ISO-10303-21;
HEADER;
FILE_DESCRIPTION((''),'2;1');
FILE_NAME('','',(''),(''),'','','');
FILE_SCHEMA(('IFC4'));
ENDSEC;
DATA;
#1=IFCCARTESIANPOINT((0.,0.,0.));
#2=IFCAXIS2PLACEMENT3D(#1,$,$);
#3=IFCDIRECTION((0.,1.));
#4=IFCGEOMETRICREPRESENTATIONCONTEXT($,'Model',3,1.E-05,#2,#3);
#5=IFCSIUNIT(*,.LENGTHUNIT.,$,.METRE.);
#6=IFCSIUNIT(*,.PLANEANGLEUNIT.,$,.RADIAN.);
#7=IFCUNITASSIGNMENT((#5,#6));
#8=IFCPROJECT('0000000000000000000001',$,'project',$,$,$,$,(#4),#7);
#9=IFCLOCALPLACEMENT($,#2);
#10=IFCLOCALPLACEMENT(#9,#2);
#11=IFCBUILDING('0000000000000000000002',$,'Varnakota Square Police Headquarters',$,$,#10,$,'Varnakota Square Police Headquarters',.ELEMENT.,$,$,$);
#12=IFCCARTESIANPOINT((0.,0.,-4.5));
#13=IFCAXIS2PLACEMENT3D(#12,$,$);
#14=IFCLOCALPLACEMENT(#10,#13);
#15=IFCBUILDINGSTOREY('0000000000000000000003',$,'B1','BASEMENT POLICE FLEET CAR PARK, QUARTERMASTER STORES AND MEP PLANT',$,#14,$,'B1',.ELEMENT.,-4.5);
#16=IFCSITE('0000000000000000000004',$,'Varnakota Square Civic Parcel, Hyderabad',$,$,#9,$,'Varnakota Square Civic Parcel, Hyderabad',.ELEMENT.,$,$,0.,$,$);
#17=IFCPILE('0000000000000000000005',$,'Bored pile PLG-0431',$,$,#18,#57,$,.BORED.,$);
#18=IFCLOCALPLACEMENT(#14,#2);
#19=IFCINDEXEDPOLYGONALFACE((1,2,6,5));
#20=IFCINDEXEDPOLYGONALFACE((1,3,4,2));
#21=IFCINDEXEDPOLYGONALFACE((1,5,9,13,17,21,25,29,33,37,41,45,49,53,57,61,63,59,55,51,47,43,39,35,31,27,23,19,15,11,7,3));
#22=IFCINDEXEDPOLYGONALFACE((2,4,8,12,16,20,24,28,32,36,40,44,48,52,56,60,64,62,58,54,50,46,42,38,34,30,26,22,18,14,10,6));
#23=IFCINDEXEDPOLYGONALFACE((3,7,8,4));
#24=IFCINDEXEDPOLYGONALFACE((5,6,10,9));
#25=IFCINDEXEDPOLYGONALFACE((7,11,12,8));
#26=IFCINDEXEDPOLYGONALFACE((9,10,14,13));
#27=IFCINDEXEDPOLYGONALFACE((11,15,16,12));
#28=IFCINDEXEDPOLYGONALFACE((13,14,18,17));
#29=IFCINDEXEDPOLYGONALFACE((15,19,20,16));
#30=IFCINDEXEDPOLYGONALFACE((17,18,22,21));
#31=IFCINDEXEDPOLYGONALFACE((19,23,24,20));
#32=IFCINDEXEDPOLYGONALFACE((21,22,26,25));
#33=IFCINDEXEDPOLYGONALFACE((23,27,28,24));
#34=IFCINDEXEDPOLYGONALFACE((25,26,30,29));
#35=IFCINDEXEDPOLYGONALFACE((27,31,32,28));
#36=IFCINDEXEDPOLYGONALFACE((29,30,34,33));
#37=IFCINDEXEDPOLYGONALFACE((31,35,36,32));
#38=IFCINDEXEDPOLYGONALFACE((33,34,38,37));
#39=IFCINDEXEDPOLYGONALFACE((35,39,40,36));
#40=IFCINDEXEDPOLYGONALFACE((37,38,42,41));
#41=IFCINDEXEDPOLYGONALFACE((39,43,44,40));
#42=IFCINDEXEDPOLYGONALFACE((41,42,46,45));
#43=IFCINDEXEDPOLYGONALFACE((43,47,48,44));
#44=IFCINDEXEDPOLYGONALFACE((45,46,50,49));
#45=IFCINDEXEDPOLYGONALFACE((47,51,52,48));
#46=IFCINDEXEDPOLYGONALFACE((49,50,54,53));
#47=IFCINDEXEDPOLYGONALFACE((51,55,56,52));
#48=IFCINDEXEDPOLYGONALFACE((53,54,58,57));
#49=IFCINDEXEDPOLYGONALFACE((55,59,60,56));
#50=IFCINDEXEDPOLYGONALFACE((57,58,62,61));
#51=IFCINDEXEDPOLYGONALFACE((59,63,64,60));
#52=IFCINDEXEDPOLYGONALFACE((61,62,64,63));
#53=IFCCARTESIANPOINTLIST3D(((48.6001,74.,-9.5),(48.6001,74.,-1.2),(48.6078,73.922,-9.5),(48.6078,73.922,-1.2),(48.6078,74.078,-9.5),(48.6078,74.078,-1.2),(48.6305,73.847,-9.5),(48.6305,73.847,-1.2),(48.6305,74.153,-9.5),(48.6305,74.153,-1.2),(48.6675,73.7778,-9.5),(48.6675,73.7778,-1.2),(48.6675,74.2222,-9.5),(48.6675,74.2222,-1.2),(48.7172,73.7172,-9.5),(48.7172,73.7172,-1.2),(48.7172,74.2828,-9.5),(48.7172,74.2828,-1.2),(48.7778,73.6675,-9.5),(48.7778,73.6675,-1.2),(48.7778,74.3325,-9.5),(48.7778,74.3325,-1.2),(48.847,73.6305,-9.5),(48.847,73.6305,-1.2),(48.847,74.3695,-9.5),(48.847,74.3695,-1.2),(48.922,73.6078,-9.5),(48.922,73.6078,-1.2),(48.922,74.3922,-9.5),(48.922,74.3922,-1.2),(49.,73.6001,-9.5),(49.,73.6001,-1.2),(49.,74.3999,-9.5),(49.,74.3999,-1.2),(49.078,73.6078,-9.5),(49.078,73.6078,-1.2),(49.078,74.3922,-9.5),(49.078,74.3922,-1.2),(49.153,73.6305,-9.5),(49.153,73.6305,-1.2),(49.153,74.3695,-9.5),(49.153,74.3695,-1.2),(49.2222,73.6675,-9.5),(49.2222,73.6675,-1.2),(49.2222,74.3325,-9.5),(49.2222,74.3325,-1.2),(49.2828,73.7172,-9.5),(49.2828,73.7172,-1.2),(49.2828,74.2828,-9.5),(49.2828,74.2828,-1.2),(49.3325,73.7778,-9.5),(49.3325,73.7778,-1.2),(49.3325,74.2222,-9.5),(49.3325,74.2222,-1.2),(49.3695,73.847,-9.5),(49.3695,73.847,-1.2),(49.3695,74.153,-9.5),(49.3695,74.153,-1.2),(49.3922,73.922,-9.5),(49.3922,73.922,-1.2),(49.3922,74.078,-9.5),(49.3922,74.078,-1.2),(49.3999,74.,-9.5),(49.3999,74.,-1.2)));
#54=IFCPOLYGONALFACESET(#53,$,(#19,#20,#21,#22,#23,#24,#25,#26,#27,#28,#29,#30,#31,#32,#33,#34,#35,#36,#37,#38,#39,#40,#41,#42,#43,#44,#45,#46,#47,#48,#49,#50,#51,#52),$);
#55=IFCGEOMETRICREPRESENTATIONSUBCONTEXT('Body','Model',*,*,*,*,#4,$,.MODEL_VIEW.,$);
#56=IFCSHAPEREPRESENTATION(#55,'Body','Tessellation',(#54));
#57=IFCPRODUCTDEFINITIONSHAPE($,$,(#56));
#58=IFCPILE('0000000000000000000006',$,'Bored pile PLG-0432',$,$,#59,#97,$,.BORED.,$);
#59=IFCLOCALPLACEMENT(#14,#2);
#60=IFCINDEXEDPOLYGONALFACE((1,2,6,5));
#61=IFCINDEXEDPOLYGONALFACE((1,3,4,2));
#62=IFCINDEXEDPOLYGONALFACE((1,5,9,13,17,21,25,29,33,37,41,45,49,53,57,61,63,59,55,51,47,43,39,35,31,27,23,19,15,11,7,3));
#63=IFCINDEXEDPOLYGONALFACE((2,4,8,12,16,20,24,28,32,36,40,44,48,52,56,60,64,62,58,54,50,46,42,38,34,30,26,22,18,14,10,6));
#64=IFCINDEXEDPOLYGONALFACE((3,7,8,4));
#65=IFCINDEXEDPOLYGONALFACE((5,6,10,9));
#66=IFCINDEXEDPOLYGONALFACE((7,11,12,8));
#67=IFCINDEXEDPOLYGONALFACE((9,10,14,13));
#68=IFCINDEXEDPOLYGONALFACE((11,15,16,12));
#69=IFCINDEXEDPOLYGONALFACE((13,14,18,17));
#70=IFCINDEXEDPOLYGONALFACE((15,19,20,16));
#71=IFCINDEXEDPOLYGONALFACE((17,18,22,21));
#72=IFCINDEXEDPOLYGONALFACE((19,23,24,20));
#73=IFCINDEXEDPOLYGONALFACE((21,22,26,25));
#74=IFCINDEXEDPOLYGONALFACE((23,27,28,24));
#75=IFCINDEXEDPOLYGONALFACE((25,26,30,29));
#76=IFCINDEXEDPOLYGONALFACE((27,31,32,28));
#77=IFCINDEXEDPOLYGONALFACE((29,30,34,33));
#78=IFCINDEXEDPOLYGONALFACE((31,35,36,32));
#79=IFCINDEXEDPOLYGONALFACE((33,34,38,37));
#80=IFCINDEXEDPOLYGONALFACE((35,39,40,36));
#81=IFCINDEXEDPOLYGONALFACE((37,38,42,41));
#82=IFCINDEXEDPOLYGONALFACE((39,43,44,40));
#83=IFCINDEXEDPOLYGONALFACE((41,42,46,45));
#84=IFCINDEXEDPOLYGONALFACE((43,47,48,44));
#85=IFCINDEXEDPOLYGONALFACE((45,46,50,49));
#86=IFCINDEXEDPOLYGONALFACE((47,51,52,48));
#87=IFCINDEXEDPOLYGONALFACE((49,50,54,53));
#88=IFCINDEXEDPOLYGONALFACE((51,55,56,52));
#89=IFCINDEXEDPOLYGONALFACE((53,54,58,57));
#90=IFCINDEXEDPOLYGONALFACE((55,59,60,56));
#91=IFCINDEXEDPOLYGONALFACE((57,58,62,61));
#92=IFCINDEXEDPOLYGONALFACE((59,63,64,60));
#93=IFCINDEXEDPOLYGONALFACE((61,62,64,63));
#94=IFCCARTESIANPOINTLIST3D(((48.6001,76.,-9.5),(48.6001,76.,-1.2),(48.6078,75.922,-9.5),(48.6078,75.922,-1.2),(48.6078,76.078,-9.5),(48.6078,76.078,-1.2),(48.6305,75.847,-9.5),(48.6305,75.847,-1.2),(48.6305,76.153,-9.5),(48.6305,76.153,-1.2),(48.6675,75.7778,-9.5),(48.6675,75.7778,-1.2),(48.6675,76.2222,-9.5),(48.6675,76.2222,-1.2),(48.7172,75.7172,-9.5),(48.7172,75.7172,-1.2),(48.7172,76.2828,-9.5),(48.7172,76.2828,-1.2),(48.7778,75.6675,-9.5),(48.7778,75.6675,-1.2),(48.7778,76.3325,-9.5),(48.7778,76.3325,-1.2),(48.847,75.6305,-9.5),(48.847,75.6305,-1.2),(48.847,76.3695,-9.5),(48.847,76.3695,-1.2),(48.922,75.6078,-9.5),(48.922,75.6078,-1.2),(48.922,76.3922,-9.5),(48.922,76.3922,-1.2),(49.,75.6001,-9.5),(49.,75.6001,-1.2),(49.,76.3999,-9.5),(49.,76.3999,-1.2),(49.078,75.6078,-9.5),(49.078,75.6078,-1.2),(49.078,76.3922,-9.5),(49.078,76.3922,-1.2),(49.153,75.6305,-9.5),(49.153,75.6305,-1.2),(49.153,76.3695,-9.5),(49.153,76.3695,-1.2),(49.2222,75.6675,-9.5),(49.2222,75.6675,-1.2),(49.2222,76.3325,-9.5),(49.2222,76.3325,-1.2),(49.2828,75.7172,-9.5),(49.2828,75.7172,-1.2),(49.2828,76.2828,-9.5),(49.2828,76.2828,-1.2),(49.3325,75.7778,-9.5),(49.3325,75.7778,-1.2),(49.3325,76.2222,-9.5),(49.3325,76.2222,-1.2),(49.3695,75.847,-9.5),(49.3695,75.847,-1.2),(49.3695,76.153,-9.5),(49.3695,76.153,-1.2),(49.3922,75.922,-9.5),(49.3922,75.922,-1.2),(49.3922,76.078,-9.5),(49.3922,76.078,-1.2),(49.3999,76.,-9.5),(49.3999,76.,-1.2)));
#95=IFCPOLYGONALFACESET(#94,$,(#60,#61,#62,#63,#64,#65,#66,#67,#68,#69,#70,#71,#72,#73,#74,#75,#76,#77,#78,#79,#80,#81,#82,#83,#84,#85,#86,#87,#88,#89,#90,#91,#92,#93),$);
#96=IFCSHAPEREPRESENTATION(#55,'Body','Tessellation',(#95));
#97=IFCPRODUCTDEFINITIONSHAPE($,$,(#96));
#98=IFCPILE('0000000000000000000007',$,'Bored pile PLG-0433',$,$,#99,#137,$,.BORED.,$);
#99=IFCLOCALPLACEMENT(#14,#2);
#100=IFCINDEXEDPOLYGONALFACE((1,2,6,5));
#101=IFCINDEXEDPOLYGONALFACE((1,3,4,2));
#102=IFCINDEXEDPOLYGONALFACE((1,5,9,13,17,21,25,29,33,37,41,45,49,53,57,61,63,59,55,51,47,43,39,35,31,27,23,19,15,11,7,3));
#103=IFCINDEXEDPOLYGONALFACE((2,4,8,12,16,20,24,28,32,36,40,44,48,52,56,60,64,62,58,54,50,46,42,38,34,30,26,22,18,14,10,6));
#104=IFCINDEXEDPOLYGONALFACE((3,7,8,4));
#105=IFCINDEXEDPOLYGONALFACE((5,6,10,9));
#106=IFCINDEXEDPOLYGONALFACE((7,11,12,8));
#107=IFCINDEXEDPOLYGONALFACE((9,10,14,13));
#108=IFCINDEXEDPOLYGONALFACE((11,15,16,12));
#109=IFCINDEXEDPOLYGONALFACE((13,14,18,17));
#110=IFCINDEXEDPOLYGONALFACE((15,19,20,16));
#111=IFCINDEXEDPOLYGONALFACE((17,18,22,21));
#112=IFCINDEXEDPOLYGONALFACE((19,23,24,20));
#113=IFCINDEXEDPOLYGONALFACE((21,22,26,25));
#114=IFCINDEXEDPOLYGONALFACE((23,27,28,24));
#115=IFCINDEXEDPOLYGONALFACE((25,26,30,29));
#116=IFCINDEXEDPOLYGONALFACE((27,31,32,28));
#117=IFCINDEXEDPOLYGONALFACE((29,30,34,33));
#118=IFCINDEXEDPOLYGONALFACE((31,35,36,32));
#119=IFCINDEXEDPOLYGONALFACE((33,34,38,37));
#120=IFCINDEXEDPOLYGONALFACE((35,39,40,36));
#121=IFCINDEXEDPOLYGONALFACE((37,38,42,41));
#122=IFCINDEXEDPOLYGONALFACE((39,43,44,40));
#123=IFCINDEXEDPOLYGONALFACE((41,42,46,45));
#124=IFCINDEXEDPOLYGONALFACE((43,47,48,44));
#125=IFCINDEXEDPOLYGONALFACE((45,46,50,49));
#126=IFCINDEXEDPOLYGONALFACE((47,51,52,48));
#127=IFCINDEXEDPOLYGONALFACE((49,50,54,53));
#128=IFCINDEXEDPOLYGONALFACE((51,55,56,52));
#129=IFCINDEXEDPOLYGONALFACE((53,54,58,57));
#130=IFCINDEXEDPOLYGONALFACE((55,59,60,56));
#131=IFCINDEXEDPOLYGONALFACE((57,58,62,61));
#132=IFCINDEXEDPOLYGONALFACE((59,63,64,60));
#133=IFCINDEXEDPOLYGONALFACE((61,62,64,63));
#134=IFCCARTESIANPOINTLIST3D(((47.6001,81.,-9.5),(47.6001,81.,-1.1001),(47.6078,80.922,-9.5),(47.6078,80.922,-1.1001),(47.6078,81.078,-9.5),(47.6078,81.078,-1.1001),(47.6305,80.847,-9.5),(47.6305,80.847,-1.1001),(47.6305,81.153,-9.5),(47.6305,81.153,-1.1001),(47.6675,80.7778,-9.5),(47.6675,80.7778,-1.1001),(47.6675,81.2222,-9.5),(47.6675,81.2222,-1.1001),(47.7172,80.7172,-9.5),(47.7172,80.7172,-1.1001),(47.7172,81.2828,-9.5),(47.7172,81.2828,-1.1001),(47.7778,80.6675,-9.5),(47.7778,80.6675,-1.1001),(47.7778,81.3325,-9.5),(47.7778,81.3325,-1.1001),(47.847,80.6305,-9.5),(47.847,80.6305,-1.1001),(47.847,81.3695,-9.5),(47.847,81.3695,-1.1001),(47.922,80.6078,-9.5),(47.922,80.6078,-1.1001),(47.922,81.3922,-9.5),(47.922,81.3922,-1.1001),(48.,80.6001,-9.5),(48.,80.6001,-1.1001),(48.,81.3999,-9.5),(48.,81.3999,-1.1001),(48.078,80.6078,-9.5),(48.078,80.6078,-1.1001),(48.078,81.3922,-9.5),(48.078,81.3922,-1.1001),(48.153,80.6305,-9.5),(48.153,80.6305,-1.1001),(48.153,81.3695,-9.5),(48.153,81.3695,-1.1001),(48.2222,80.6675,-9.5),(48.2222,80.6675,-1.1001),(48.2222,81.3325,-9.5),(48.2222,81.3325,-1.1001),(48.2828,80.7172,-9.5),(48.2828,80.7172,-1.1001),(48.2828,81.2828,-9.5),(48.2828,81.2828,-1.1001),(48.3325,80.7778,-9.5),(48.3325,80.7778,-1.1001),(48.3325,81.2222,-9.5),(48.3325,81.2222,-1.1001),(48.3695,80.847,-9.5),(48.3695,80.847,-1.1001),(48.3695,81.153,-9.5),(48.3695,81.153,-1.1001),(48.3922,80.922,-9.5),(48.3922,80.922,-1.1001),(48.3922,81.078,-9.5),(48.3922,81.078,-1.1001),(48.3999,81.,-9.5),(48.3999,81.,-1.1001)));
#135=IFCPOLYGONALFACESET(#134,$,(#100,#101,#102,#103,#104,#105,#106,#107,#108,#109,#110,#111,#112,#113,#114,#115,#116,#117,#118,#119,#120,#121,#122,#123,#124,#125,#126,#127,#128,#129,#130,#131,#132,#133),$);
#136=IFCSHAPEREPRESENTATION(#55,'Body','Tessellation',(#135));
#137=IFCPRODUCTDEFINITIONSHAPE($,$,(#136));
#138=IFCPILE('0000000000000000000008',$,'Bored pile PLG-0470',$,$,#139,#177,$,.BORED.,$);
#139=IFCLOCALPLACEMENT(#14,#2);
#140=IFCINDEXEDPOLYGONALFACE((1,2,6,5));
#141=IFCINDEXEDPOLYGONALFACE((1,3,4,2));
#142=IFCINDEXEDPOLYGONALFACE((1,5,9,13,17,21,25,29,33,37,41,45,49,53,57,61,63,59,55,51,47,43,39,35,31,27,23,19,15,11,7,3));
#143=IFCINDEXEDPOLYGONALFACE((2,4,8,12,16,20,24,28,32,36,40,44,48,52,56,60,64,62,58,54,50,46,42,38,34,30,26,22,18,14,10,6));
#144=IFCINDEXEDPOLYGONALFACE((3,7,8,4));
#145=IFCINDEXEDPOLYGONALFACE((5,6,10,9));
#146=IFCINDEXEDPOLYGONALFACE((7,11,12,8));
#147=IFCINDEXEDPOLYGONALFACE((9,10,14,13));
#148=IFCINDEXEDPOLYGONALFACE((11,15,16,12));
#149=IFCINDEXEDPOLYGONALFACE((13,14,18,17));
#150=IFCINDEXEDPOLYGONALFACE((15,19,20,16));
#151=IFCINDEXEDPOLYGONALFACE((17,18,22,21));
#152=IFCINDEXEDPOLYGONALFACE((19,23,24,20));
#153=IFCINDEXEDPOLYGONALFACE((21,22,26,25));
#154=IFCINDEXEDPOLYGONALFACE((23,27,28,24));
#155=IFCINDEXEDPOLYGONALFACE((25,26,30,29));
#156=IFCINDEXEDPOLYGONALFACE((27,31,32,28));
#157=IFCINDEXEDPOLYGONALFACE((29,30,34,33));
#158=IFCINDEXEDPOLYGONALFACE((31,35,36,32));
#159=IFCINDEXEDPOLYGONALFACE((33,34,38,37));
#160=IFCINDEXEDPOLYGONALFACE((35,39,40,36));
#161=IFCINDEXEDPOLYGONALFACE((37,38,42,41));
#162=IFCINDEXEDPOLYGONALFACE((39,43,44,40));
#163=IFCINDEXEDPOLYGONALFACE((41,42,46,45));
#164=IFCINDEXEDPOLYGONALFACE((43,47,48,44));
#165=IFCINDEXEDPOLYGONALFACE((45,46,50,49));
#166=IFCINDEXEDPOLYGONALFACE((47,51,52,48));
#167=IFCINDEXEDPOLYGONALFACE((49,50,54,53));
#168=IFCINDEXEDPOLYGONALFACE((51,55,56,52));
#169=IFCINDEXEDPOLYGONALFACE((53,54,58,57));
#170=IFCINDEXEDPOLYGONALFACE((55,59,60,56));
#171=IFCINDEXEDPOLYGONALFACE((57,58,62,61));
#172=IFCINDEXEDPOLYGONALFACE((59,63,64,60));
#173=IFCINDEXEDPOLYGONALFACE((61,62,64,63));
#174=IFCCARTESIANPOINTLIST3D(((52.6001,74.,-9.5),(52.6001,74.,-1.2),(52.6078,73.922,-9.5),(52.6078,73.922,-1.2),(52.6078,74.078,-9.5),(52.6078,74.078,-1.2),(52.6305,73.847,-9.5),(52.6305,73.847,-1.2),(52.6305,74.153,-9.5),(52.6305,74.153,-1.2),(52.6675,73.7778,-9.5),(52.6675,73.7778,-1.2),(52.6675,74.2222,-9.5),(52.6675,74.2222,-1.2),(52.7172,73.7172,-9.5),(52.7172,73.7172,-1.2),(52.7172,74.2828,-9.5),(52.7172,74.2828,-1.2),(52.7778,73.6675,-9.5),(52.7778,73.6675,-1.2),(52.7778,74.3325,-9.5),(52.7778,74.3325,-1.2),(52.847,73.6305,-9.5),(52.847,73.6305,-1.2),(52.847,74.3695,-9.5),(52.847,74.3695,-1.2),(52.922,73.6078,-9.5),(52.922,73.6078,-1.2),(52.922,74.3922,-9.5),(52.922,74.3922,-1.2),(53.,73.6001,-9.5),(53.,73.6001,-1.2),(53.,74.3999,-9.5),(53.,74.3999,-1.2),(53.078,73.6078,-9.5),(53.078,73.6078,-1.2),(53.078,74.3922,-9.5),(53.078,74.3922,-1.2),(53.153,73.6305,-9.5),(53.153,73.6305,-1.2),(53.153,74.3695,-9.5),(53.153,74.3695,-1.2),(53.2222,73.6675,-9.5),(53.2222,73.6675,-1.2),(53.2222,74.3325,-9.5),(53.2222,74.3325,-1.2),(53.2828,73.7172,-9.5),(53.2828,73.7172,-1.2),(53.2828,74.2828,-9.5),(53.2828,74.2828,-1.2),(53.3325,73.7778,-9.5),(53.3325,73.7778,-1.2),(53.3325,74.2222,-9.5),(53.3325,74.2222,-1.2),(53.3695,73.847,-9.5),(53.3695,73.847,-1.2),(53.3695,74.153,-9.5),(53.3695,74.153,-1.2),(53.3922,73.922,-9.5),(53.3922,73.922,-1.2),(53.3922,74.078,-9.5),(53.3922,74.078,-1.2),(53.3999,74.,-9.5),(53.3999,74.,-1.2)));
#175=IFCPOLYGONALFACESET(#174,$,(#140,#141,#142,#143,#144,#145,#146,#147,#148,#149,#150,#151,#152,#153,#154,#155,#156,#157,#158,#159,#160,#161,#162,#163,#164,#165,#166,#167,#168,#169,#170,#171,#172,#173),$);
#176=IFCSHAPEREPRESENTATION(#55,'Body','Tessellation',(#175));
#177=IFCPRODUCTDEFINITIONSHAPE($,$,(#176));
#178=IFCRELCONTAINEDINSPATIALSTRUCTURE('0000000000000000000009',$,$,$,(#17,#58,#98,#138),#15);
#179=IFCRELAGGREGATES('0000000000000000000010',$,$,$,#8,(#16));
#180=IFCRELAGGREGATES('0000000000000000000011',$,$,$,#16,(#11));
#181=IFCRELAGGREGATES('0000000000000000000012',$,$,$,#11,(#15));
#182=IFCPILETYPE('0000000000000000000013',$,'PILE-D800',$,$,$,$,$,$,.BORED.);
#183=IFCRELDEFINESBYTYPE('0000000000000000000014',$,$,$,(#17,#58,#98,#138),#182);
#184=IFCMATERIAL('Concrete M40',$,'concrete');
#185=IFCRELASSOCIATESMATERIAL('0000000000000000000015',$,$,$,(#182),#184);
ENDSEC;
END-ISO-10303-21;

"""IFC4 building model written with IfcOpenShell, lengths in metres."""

from ifc_helpers import new_model, si_unit, direction, frame, origin, origin_2d, place, context, subcontext, project, spatial, circle, extrude, material, material_profile, profile_set, type_object, element, save


model = new_model("IFC4")

# Units and contexts
model_context = context("Model", 3, precision=1e-05, world=origin(), true_north=direction((0.0, 1.0)))
body_context = subcontext(model_context, "Body", "Model", "MODEL_VIEW")
ifc_project = project(units=[si_unit("LENGTHUNIT", "METRE"), si_unit("PLANEANGLEUNIT", "RADIAN")], contexts=[model_context])

# Site, building, storey
site_placement = place(None, origin())
site = spatial("IfcSite", under=ifc_project, at=site_placement, Name="Varnakota Square Civic Parcel, Hyderabad", LongName="Varnakota Square Civic Parcel, Hyderabad", CompositionType="ELEMENT", RefElevation=0.0)
building_placement = place(site_placement, origin())
building = spatial("IfcBuilding", under=site, at=building_placement, Name="Varnakota Square Police Headquarters", LongName="Varnakota Square Police Headquarters", CompositionType="ELEMENT")
storey_placement = place(building_placement, frame((0.0, 0.0, -4.5)))
storey = spatial("IfcBuildingStorey", under=building, at=storey_placement, Name="B1", Description="BASEMENT POLICE FLEET CAR PARK, QUARTERMASTER STORES AND MEP PLANT", LongName="B1", CompositionType="ELEMENT", Elevation=-4.5)

# Shared definitions
ifc_material_1 = material(Name="Concrete M40", Category="concrete")

# Piles
ifc_material_profile_1 = material_profile(ifc_material_1, circle(Radius=0.3999, at=origin_2d()), Name="BORED PILE 800")
ifc_profile_set_1 = profile_set([ifc_material_profile_1], Name="Concrete M40")
pile_type = type_object("IfcPileType", Name="PILE-D800", PredefinedType="BORED", material=ifc_profile_set_1)
for number, where, z_axis, x_axis, name in (
    (1, (49.0, 74.0, -1.2), (0.0, 0.0, -1.0), (1.0, 0.0, 0.0), "Bored pile PLG-0431"),
    (2, (49.0, 76.0, -1.2), (0.0, 0.0, -1.0), (1.0, 0.0, 0.0), "Bored pile PLG-0432"),
):
    element("IfcPile", number, at=place(storey_placement, frame(where, z_axis=z_axis, x_axis=x_axis)), inside=storey, type_object=pile_type, Name=name, PredefinedType="BORED", context=body_context, shape_type="SweptSolid", body=[
        extrude(circle(Radius=0.3999, at=origin_2d()), origin(), (0.0, 0.0, 1.0), 8.3),
    ])
pile_placement = place(storey_placement, frame((48.0, 81.0, -1.1001), z_axis=(0.0, 0.0, -1.0), x_axis=(1.0, 0.0, 0.0)))
element("IfcPile", 3, at=pile_placement, inside=storey, type_object=pile_type, Name="Bored pile PLG-0433", PredefinedType="BORED", context=body_context, shape_type="SweptSolid", body=[
    extrude(circle(Radius=0.3999, at=origin_2d()), origin(), (0.0, 0.0, 1.0), 8.3999),
])
for number, where, z_axis, x_axis, name in (
    (4, (53.0, 74.0, -1.2), (0.0, 0.0, -1.0), (1.0, 0.0, 0.0), "Bored pile PLG-0470"),
):
    element("IfcPile", number, at=place(storey_placement, frame(where, z_axis=z_axis, x_axis=x_axis)), inside=storey, type_object=pile_type, Name=name, PredefinedType="BORED", context=body_context, shape_type="SweptSolid", body=[
        extrude(circle(Radius=0.3999, at=origin_2d()), origin(), (0.0, 0.0, 1.0), 8.3),
    ])

save(model, "model.ifc")
